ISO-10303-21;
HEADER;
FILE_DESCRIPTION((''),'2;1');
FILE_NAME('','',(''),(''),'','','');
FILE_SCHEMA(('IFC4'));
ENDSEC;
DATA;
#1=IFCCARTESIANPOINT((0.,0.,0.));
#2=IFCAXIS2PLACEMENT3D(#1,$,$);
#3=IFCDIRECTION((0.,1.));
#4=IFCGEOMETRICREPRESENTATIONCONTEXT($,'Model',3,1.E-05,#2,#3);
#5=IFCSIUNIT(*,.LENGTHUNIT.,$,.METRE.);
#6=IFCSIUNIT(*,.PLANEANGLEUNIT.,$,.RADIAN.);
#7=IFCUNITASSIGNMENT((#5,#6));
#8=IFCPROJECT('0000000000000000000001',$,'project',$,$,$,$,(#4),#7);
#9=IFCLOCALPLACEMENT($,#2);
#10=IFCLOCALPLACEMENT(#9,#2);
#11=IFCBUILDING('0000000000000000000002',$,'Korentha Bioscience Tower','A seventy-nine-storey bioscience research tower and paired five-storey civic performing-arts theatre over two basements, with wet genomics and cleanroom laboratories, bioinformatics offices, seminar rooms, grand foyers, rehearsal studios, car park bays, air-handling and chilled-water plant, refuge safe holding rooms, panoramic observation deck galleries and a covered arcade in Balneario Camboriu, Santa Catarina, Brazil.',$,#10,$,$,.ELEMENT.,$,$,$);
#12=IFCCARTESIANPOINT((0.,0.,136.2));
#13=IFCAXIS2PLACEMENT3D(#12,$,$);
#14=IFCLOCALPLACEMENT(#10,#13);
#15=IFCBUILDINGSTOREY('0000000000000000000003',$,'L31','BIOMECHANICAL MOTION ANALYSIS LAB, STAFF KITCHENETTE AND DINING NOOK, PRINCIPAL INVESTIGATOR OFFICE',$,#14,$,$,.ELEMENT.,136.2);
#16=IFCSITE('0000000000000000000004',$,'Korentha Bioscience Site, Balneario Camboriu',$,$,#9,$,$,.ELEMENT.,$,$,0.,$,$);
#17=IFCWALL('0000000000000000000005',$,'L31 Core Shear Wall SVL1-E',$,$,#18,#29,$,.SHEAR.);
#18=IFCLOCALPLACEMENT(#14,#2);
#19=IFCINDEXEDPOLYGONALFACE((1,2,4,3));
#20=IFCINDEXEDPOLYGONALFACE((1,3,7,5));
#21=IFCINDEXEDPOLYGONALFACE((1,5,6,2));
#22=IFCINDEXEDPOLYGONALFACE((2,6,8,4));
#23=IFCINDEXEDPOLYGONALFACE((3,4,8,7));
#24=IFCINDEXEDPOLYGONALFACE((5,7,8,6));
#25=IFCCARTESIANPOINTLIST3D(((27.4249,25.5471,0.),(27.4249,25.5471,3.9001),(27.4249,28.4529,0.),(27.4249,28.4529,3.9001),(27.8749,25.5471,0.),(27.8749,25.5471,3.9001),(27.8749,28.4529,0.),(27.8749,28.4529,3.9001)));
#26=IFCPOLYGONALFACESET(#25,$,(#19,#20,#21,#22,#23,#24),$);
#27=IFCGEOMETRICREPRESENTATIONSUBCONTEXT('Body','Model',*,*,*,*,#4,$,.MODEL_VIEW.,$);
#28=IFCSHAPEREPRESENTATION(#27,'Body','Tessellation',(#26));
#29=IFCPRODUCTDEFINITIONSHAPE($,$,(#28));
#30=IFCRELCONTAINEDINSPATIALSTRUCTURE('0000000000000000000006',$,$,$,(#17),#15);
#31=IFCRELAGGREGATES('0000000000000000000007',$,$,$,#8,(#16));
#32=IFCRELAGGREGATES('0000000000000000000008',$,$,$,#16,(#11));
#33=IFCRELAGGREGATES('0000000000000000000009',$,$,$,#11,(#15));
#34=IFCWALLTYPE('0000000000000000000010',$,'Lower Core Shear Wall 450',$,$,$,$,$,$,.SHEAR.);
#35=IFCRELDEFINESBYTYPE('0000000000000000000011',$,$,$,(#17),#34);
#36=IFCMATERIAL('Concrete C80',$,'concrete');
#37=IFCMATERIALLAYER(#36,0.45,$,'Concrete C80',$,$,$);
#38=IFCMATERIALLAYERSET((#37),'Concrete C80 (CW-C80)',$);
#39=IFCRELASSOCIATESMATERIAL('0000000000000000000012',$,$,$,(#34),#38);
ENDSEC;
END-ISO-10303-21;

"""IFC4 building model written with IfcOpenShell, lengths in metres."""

from ifc_helpers import new_model, si_unit, direction, frame, frame_2d, origin, place, context, subcontext, project, spatial, rectangle, extrude, material, layer, layer_set, type_object, element, save


model = new_model("IFC4")

# Units and contexts
model_context = context("Model", 3, precision=1e-05, world=origin(), true_north=direction((0.0, 1.0)))
body_context = subcontext(model_context, "Body", "Model", "MODEL_VIEW")
ifc_project = project(units=[si_unit("LENGTHUNIT", "METRE"), si_unit("PLANEANGLEUNIT", "RADIAN")], contexts=[model_context])

# Site, building, storey
site_placement = place(None, origin())
site = spatial("IfcSite", under=ifc_project, at=site_placement, Name="Korentha Bioscience Site, Balneario Camboriu", CompositionType="ELEMENT", RefElevation=0.0)
building_placement = place(site_placement, origin())
building = spatial("IfcBuilding", under=site, at=building_placement, Name="Korentha Bioscience Tower", Description="A seventy-nine-storey bioscience research tower and paired five-storey civic performing-arts theatre over two basements, with wet genomics and cleanroom laboratories, bioinformatics offices, seminar rooms, grand foyers, rehearsal studios, car park bays, air-handling and chilled-water plant, refuge safe holding rooms, panoramic observation deck galleries and a covered arcade in Balneario Camboriu, Santa Catarina, Brazil.", CompositionType="ELEMENT")
storey_placement = place(building_placement, frame((0.0, 0.0, 136.2)))
storey = spatial("IfcBuildingStorey", under=building, at=storey_placement, Name="L31", Description="BIOMECHANICAL MOTION ANALYSIS LAB, STAFF KITCHENETTE AND DINING NOOK, PRINCIPAL INVESTIGATOR OFFICE", CompositionType="ELEMENT", Elevation=136.2)

# Shared definitions
ifc_material_1 = material(Name="Concrete C80", Category="concrete")

# Shared definitions
ifc_layer_1 = layer(ifc_material_1, 0.45, Name="Concrete C80")
ifc_layer_set_1 = layer_set([ifc_layer_1], Name="Concrete C80 (CW-C80)")
wall_type_1 = type_object("IfcWallType", Name="Lower Core Shear Wall 450", PredefinedType="SHEAR", material=ifc_layer_set_1)

# Wall
wall_1_placement = place(storey_placement, frame((27.6499, 25.5471, 0.0), z_axis=(0.0, 0.0, 1.0), x_axis=(0.0, 1.0, 0.0)))
element("IfcWall", 1, at=wall_1_placement, inside=storey, type_object=wall_type_1, Name="L31 Core Shear Wall SVL1-E", PredefinedType="SHEAR", context=body_context, shape_type="SweptSolid", body=[
    extrude(rectangle(XDim=2.9058, YDim=0.45, at=frame_2d((1.4529, 0.0))), origin(), (0.0, 0.0, 1.0), 3.9001),
])

save(model, "model.ifc")
